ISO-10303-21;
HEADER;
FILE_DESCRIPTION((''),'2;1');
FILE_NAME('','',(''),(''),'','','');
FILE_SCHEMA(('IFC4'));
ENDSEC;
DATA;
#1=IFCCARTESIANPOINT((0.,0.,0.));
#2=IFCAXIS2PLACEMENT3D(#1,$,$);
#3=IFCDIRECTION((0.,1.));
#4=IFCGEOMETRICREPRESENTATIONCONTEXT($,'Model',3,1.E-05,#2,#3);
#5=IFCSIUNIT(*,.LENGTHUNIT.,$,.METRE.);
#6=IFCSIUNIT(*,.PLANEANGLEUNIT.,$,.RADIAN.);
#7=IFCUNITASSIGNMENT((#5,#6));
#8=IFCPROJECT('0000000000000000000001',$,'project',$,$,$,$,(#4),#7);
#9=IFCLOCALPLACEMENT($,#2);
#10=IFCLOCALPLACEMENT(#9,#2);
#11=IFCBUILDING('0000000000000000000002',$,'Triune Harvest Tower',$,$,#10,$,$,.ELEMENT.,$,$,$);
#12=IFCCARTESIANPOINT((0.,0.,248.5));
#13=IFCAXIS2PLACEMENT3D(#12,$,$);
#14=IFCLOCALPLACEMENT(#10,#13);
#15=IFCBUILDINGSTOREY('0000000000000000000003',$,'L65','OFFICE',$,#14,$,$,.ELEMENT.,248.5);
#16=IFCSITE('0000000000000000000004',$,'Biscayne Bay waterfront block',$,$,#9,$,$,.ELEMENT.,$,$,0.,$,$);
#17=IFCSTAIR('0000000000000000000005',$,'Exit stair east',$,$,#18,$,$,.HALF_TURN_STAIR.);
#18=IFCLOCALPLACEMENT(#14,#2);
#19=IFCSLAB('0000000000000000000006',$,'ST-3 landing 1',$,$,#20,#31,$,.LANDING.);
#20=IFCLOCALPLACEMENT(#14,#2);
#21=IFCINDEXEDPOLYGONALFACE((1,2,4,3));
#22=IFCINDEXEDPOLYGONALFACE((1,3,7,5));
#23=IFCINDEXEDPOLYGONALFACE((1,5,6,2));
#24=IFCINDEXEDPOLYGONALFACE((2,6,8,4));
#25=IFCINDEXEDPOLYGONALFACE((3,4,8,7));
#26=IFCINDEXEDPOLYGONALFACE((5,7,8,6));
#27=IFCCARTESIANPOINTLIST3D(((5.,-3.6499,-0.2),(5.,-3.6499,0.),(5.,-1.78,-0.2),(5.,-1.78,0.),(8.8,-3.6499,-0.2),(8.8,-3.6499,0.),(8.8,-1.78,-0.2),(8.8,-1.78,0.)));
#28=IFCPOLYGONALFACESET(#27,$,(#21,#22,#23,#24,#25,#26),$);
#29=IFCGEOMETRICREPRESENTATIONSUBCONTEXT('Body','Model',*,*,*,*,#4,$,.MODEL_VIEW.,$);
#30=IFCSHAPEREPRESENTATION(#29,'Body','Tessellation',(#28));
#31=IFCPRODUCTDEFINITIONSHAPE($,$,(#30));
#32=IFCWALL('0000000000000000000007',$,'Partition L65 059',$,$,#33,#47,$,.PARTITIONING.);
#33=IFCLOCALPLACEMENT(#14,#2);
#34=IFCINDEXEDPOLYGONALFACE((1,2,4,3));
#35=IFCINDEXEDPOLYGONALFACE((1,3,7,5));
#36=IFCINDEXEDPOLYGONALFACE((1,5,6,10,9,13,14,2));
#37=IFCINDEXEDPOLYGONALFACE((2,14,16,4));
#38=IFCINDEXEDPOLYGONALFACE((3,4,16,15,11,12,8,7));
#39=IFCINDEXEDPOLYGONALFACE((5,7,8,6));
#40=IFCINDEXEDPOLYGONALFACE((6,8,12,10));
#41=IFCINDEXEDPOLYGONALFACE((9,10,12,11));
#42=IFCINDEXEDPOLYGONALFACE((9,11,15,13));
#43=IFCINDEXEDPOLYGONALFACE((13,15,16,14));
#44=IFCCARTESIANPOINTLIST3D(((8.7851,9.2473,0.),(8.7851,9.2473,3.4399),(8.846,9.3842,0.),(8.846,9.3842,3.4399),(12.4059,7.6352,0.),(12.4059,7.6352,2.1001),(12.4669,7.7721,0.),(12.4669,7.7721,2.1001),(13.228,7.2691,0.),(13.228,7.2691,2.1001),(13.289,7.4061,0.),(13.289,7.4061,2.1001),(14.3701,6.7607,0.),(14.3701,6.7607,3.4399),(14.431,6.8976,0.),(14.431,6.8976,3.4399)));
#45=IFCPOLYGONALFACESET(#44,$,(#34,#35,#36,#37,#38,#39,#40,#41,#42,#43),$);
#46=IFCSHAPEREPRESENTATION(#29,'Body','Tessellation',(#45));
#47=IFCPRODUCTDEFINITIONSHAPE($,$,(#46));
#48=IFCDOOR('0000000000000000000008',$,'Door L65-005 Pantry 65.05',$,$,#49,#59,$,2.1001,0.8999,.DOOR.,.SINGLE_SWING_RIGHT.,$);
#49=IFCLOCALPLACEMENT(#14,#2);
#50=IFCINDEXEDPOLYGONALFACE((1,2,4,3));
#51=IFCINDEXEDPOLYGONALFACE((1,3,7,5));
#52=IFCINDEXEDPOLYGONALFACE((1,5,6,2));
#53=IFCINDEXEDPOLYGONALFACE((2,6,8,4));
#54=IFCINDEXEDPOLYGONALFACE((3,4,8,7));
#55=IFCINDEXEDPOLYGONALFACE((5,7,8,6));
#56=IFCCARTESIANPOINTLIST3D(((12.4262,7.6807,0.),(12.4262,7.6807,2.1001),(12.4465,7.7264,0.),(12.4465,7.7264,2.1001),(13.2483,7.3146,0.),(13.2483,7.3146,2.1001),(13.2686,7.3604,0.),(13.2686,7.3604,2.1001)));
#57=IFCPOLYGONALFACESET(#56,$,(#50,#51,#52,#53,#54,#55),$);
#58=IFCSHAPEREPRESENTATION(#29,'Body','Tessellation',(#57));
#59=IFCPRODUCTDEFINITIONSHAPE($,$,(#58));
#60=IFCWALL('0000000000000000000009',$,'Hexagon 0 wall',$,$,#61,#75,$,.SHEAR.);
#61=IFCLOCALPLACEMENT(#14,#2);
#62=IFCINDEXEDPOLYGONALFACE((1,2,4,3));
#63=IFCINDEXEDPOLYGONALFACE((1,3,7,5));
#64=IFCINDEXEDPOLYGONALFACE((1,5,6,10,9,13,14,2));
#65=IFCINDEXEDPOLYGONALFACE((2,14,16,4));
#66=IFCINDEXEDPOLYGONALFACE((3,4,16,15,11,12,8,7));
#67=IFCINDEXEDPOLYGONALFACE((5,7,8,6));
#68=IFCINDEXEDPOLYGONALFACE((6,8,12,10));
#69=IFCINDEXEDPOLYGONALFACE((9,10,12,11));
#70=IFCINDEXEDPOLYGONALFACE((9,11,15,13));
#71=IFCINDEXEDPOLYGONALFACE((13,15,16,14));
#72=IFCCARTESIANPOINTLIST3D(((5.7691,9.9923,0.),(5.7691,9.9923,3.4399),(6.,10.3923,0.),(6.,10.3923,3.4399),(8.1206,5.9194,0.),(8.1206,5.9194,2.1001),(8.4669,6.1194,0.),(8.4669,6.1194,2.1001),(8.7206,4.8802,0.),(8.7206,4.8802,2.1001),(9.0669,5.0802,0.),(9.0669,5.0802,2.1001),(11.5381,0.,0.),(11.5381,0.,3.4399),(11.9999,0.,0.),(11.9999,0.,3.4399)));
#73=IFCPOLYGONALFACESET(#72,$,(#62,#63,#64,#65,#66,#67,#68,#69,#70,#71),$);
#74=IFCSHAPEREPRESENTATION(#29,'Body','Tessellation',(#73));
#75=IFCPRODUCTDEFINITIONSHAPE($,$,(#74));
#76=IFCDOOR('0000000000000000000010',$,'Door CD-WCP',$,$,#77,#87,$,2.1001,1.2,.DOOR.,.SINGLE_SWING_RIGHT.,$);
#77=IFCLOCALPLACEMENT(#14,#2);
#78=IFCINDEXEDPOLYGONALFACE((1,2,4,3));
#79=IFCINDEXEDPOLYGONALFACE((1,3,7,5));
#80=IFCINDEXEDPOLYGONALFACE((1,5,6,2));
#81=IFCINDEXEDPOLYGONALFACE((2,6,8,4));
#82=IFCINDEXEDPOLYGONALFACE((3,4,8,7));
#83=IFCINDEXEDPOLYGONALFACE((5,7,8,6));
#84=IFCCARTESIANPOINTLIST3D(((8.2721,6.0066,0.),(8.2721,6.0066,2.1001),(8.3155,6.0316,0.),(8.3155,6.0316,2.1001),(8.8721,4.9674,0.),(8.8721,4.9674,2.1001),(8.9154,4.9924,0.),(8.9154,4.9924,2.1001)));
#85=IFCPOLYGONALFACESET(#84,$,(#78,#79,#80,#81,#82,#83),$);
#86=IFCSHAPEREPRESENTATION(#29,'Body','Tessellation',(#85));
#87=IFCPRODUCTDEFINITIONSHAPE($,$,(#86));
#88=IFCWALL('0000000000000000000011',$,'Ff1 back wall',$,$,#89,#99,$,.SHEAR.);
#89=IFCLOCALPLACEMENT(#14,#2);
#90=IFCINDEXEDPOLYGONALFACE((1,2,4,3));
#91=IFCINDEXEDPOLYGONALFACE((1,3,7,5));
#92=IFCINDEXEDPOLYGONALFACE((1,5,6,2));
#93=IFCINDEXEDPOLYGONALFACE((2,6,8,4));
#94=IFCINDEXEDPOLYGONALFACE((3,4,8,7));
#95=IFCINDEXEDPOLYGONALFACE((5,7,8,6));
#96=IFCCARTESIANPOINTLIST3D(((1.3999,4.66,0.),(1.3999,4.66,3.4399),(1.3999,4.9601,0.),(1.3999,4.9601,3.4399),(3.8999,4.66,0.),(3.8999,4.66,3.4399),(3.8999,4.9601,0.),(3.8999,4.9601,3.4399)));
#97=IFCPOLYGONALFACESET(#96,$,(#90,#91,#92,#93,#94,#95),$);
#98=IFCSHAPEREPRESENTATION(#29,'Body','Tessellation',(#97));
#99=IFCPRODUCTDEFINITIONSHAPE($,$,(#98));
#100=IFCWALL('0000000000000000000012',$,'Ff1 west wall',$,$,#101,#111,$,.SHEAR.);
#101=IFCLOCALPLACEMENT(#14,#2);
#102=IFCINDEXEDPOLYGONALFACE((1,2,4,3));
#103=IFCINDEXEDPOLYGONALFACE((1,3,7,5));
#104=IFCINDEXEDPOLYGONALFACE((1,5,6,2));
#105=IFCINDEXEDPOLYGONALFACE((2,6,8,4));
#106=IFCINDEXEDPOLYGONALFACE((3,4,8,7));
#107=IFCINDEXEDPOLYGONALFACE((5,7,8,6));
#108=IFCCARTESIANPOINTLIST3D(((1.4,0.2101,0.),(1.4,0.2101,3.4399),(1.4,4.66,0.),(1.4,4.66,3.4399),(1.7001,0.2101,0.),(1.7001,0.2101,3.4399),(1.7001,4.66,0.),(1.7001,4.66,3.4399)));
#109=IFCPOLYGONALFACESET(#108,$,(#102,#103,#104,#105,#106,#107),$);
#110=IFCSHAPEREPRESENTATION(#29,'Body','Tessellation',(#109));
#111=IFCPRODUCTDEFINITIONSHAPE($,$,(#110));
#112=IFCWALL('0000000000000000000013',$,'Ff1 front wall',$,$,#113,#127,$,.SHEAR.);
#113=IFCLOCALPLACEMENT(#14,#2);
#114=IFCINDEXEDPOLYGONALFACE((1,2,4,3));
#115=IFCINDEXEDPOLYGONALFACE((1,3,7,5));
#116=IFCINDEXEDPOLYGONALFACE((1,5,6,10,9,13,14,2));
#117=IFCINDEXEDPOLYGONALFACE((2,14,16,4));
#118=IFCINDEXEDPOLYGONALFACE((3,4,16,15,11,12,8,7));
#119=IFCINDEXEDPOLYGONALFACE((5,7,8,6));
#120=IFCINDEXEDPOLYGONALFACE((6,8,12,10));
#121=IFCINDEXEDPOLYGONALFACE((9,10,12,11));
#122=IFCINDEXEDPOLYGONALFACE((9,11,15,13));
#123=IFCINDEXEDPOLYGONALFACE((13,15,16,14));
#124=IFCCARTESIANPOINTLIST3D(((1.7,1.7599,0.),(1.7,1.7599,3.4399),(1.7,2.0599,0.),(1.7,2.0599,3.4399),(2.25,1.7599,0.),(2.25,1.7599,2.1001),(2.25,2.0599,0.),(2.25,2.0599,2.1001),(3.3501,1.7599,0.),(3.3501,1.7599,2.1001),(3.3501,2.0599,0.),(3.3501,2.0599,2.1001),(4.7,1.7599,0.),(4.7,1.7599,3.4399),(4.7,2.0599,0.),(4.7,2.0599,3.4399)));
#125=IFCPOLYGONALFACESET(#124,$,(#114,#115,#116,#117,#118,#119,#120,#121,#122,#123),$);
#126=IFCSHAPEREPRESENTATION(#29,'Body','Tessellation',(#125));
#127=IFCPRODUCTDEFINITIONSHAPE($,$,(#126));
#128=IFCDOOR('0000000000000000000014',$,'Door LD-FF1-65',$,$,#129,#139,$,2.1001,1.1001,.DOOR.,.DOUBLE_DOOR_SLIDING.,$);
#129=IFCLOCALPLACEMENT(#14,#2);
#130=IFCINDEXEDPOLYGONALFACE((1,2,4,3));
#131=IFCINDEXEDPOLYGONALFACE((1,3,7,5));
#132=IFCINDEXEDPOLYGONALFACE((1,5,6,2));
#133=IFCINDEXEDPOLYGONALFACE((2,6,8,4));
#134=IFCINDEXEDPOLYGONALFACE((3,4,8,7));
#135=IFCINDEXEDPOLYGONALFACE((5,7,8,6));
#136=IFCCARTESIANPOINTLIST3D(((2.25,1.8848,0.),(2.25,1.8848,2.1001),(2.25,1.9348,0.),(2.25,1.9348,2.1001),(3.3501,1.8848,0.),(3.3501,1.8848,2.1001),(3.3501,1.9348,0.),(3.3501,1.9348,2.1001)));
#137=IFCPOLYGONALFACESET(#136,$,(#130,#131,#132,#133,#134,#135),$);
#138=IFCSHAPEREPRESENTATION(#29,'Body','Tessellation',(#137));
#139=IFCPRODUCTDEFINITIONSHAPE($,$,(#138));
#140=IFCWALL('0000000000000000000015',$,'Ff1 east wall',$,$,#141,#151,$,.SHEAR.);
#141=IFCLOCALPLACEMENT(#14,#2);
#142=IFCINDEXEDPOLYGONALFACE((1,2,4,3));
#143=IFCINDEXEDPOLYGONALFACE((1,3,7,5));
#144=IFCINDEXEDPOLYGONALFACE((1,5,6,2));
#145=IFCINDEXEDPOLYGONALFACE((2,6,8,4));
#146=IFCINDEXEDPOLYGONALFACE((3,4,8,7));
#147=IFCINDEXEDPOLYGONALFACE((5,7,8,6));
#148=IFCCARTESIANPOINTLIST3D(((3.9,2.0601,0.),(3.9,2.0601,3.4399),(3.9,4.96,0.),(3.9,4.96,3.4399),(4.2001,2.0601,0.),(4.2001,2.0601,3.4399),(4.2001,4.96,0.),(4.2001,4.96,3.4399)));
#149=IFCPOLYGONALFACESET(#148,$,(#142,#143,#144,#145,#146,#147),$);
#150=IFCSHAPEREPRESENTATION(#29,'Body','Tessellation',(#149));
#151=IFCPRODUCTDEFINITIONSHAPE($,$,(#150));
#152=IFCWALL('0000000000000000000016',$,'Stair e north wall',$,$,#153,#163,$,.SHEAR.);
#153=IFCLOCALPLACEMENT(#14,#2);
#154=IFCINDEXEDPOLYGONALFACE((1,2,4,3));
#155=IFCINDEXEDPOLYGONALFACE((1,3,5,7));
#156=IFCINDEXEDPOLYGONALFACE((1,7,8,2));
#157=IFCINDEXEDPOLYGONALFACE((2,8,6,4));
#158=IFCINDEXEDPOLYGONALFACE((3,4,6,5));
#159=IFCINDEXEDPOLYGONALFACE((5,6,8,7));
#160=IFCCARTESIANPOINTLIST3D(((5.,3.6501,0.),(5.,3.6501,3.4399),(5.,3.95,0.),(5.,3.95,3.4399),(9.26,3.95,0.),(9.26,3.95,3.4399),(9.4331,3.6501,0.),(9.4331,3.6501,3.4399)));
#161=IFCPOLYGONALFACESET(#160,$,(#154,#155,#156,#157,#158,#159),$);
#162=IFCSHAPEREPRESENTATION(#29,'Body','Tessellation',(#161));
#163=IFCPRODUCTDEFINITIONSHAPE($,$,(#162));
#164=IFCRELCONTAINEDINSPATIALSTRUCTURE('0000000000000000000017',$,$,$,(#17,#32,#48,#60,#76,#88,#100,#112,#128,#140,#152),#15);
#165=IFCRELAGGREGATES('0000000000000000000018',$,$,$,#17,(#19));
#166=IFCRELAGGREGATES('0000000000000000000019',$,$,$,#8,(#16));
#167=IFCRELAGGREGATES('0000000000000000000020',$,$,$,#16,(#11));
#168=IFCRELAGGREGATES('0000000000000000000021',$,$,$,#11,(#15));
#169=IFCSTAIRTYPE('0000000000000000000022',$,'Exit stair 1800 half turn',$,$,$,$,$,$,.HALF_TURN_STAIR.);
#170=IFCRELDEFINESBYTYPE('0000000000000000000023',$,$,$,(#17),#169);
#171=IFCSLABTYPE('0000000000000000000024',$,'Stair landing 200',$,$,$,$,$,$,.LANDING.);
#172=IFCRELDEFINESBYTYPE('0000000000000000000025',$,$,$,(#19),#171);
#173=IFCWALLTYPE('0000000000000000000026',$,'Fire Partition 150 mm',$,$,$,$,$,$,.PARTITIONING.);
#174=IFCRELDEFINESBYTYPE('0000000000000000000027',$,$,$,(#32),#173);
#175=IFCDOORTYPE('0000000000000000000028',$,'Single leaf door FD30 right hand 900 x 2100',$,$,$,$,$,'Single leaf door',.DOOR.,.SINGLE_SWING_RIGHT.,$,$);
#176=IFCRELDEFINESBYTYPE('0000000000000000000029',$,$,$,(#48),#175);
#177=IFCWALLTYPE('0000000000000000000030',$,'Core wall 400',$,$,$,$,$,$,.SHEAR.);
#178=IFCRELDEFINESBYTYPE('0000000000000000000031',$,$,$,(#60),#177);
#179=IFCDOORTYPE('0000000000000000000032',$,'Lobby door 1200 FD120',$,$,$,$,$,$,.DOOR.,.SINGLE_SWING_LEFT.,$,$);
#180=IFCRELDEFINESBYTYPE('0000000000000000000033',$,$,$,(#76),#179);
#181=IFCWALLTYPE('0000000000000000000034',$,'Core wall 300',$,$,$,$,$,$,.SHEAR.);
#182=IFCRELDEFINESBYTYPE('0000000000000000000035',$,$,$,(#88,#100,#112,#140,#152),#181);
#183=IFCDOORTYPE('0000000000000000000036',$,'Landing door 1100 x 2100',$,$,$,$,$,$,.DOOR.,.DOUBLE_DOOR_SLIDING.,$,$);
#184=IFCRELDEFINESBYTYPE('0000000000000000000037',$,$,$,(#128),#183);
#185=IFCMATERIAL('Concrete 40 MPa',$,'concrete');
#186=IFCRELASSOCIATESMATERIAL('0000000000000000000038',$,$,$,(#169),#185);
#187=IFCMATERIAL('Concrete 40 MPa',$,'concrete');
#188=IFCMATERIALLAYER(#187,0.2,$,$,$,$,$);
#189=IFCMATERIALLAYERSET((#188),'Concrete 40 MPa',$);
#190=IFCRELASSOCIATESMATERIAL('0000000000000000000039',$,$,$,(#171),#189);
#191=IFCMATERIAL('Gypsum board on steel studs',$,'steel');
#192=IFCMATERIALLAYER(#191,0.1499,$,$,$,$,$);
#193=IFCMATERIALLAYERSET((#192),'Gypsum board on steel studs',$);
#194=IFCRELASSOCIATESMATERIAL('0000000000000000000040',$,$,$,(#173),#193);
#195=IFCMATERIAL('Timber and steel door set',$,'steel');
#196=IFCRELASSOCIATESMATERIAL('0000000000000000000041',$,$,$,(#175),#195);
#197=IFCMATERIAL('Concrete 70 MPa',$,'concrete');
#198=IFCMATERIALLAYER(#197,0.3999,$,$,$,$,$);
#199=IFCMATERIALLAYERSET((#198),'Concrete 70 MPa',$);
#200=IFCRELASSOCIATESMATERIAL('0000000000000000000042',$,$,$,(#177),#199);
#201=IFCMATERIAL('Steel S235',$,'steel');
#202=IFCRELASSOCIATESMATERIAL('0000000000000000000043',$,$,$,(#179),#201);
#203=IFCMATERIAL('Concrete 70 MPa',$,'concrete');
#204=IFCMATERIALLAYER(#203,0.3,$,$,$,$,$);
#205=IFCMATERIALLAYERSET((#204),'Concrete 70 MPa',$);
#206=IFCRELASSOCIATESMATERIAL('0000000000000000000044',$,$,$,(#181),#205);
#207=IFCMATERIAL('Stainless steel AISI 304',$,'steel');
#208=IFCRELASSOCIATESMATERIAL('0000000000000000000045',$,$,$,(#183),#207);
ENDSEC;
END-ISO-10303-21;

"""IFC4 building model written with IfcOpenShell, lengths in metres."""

from ifc_helpers import new_model, si_unit, direction, frame, frame_2d, origin, place, context, subcontext, project, spatial, polyline, rectangle, outline, extrude, source, transform, mapped, material, layer, layer_set, type_object, element, fill, aggregate, save


model = new_model("IFC4")

# Units and contexts
model_context = context("Model", 3, precision=1e-05, world=origin(), true_north=direction((0.0, 1.0)))
body_context = subcontext(model_context, "Body", "Model", "MODEL_VIEW")
ifc_project = project(units=[si_unit("LENGTHUNIT", "METRE"), si_unit("PLANEANGLEUNIT", "RADIAN")], contexts=[model_context])

# Site, building, storey
site_placement = place(None, origin())
site = spatial("IfcSite", under=ifc_project, at=site_placement, Name="Biscayne Bay waterfront block", CompositionType="ELEMENT", RefElevation=0.0)
building_placement = place(site_placement, origin())
building = spatial("IfcBuilding", under=site, at=building_placement, Name="Triune Harvest Tower", CompositionType="ELEMENT")
storey_placement = place(building_placement, frame((0.0, 0.0, 248.5)))
storey = spatial("IfcBuildingStorey", under=building, at=storey_placement, Name="L65", Description="OFFICE", CompositionType="ELEMENT", Elevation=248.5)

# Stair, slab
ifc_material_1 = material(Name="Concrete 40 MPa", Category="concrete")
stair_type = type_object("IfcStairType", Name="Exit stair 1800 half turn", PredefinedType="HALF_TURN_STAIR", material=ifc_material_1)
ifc_material_2 = material(Name="Concrete 40 MPa", Category="concrete")
ifc_layer_1 = layer(ifc_material_2, 0.2)
ifc_layer_set_1 = layer_set([ifc_layer_1], Name="Concrete 40 MPa")
slab_type_1 = type_object("IfcSlabType", Name="Stair landing 200", PredefinedType="LANDING", material=ifc_layer_set_1)
stair_1_placement = place(storey_placement, origin())
stair_1 = element("IfcStair", 1, at=stair_1_placement, inside=storey, type_object=stair_type, Name="Exit stair east", PredefinedType="HALF_TURN_STAIR")
shared_shape_1 = source(origin(), body_context, "Body", "SweptSolid", [
    extrude(outline(polyline([(8.8, -3.6499), (8.8, -1.78), (5.0, -1.78), (5.0, -3.6499), (8.8, -3.6499)])), origin(), (0.0, 0.0, 1.0), 0.2),
])
slab_1_placement = place(storey_placement, frame((0.0, 0.0, -0.2)))
slab_1 = element("IfcSlab", 2, at=slab_1_placement, type_object=slab_type_1, Name="ST-3 landing 1", PredefinedType="LANDING", context=body_context, shape_type="MappedRepresentation", body=[
    mapped(shared_shape_1, transform((0.0, 0.0, 0.0), scale=1.0)),
])

# Walls, openings, doors
ifc_material_3 = material(Name="Gypsum board on steel studs", Category="steel")
ifc_layer_2 = layer(ifc_material_3, 0.1499)
ifc_layer_set_2 = layer_set([ifc_layer_2], Name="Gypsum board on steel studs")
wall_type_1 = type_object("IfcWallType", Name="Fire Partition 150 mm", PredefinedType="PARTITIONING", material=ifc_layer_set_2)
wall_1_placement = place(storey_placement, frame((8.8157, 9.3157, 0.0), z_axis=(0.0, 0.0, 1.0), x_axis=(0.913546, -0.406735, 0.0)))
wall_1 = element("IfcWall", 3, at=wall_1_placement, inside=storey, type_object=wall_type_1, Name="Partition L65 059", PredefinedType="PARTITIONING", context=body_context, shape_type="SweptSolid", body=[
    extrude(rectangle(XDim=6.1135, YDim=0.1499, at=frame_2d((3.0566, 0.0))), origin(), (0.0, 0.0, 1.0), 3.4399),
])
opening_1_placement = place(wall_1_placement, frame((3.9634, 0.0, 0.0)))
opening_1 = element("IfcOpeningElement", 4, at=opening_1_placement, cuts=wall_1, PredefinedType="OPENING", context=body_context, shape_type="SweptSolid", body=[
    extrude(rectangle(XDim=0.8999, YDim=2.1001, at=frame_2d((0.45, 1.05))), frame((0.0, 0.085, 0.0), z_axis=(0.0, -1.0, 0.0), x_axis=(1.0, 0.0, 0.0)), (0.0, 0.0, 1.0), 0.1699),
])
ifc_material_4 = material(Name="Timber and steel door set", Category="steel")
door_type_1 = type_object("IfcDoorType", Name="Single leaf door FD30 right hand 900 x 2100", ElementType="Single leaf door", OperationType="SINGLE_SWING_RIGHT", PredefinedType="DOOR", material=ifc_material_4)
door_1_placement = place(opening_1_placement, origin())
door_1 = element("IfcDoor", 5, at=door_1_placement, inside=storey, type_object=door_type_1, Name="Door L65-005 Pantry 65.05", OperationType="SINGLE_SWING_RIGHT", OverallHeight=2.1001, OverallWidth=0.8999, PredefinedType="DOOR", context=body_context, shape_type="SweptSolid", body=[
    extrude(rectangle(XDim=0.8999, YDim=2.1001, at=frame_2d((0.45, 1.05))), frame((0.0, 0.0249, 0.0), z_axis=(0.0, -1.0, 0.0), x_axis=(1.0, 0.0, 0.0)), (0.0, 0.0, 1.0), 0.05),
])
fill(opening_1, door_1)
ifc_material_5 = material(Name="Concrete 70 MPa", Category="concrete")
ifc_layer_3 = layer(ifc_material_5, 0.3999)
ifc_layer_set_3 = layer_set([ifc_layer_3], Name="Concrete 70 MPa")
wall_type_2 = type_object("IfcWallType", Name="Core wall 400", PredefinedType="SHEAR", material=ifc_layer_set_3)
shared_shape_2 = source(origin(), body_context, "Body", "SweptSolid", [
    extrude(outline(polyline([(-0.1155, -0.2), (11.8845, -0.2), (11.6536, 0.2), (0.1155, 0.2), (-0.1155, -0.2)])), origin(), (0.0, 0.0, 1.0), 3.4399),
])
wall_2_placement = place(storey_placement, frame((11.769, 0.0, 0.0), z_axis=(0.0, 0.0, 1.0), x_axis=(-0.499997, 0.866027, 0.0)))
wall_2 = element("IfcWall", 6, at=wall_2_placement, inside=storey, type_object=wall_type_2, Name="Hexagon 0 wall", PredefinedType="SHEAR", context=body_context, shape_type="MappedRepresentation", body=[
    mapped(shared_shape_2, transform((0.0, 0.0, 0.0), scale=1.0)),
])
opening_2_placement = place(wall_2_placement, frame((5.7505, 0.0, 0.0)))
opening_2 = element("IfcOpeningElement", 7, at=opening_2_placement, cuts=wall_2, PredefinedType="OPENING", context=body_context, shape_type="SweptSolid", body=[
    extrude(rectangle(XDim=1.2, YDim=2.1001, at=frame_2d((0.6001, 1.05))), frame((0.0, 0.21, 0.0), z_axis=(0.0, -1.0, 0.0), x_axis=(1.0, 0.0, 0.0)), (0.0, 0.0, 1.0), 0.4199),
])
ifc_material_6 = material(Name="Steel S235", Category="steel")
door_type_2 = type_object("IfcDoorType", Name="Lobby door 1200 FD120", OperationType="SINGLE_SWING_LEFT", PredefinedType="DOOR", material=ifc_material_6)
door_2_placement = place(opening_2_placement, frame((1.2, 0.0, 0.0), z_axis=(0.0, 0.0, 1.0), x_axis=(-1.0, 0.0, 0.0)))
door_2 = element("IfcDoor", 8, at=door_2_placement, inside=storey, type_object=door_type_2, Name="Door CD-WCP", OperationType="SINGLE_SWING_RIGHT", OverallHeight=2.1001, OverallWidth=1.2, PredefinedType="DOOR", context=body_context, shape_type="SweptSolid", body=[
    extrude(rectangle(XDim=1.2, YDim=2.1001, at=frame_2d((0.6001, 1.05))), frame((0.0, 0.0249, 0.0), z_axis=(0.0, -1.0, 0.0), x_axis=(1.0, 0.0, 0.0)), (0.0, 0.0, 1.0), 0.05),
])
fill(opening_2, door_2)

# Walls
ifc_material_7 = material(Name="Concrete 70 MPa", Category="concrete")
ifc_layer_4 = layer(ifc_material_7, 0.3)
ifc_layer_set_4 = layer_set([ifc_layer_4], Name="Concrete 70 MPa")
wall_type_3 = type_object("IfcWallType", Name="Core wall 300", PredefinedType="SHEAR", material=ifc_layer_set_4)
shared_shape_3 = source(origin(), body_context, "Body", "SweptSolid", [
    extrude(rectangle(XDim=2.5, YDim=0.3, at=frame_2d((1.25, 0.0))), origin(), (0.0, 0.0, 1.0), 3.4399),
])
wall_3_placement = place(storey_placement, frame((1.3999, 4.8101, 0.0), z_axis=(0.0, 0.0, 1.0), x_axis=(1.0, 0.0, 0.0)))
element("IfcWall", 9, at=wall_3_placement, inside=storey, type_object=wall_type_3, Name="Ff1 back wall", PredefinedType="SHEAR", context=body_context, shape_type="MappedRepresentation", body=[
    mapped(shared_shape_3, transform((0.0, 0.0, 0.0), scale=1.0)),
])
shared_shape_4 = source(origin(), body_context, "Body", "SweptSolid", [
    extrude(rectangle(XDim=4.45, YDim=0.3, at=frame_2d((2.2251, 0.0))), origin(), (0.0, 0.0, 1.0), 3.4399),
])
wall_4_placement = place(storey_placement, frame((1.55, 0.21, 0.0), z_axis=(0.0, 0.0, 1.0), x_axis=(0.0, 1.0, 0.0)))
element("IfcWall", 10, at=wall_4_placement, inside=storey, type_object=wall_type_3, Name="Ff1 west wall", PredefinedType="SHEAR", context=body_context, shape_type="MappedRepresentation", body=[
    mapped(shared_shape_4, transform((0.0, 0.0, 0.0), scale=1.0)),
])

# Wall, opening, door
shared_shape_5 = source(origin(), body_context, "Body", "SweptSolid", [
    extrude(rectangle(XDim=3.0, YDim=0.3, at=frame_2d((1.5, 0.0))), origin(), (0.0, 0.0, 1.0), 3.4399),
])
wall_5_placement = place(storey_placement, frame((1.7, 1.9099, 0.0), z_axis=(0.0, 0.0, 1.0), x_axis=(1.0, 0.0, 0.0)))
wall_5 = element("IfcWall", 11, at=wall_5_placement, inside=storey, type_object=wall_type_3, Name="Ff1 front wall", PredefinedType="SHEAR", context=body_context, shape_type="MappedRepresentation", body=[
    mapped(shared_shape_5, transform((0.0, 0.0, 0.0), scale=1.0)),
])
opening_3_placement = place(wall_5_placement, frame((0.55, 0.0, 0.0)))
opening_3 = element("IfcOpeningElement", 12, at=opening_3_placement, cuts=wall_5, PredefinedType="OPENING", context=body_context, shape_type="SweptSolid", body=[
    extrude(rectangle(XDim=1.1001, YDim=2.1001, at=frame_2d((0.55, 1.05))), frame((0.0, 0.1602, 0.0), z_axis=(0.0, -1.0, 0.0), x_axis=(1.0, 0.0, 0.0)), (0.0, 0.0, 1.0), 0.3201),
])
ifc_material_8 = material(Name="Stainless steel AISI 304", Category="steel")
door_type_3 = type_object("IfcDoorType", Name="Landing door 1100 x 2100", OperationType="DOUBLE_DOOR_SLIDING", PredefinedType="DOOR", material=ifc_material_8)
door_3_placement = place(opening_3_placement, origin())
door_3 = element("IfcDoor", 13, at=door_3_placement, inside=storey, type_object=door_type_3, Name="Door LD-FF1-65", OperationType="DOUBLE_DOOR_SLIDING", OverallHeight=2.1001, OverallWidth=1.1001, PredefinedType="DOOR", context=body_context, shape_type="SweptSolid", body=[
    extrude(rectangle(XDim=1.1001, YDim=2.1001, at=frame_2d((0.55, 1.05))), frame((0.0, 0.0249, 0.0), z_axis=(0.0, -1.0, 0.0), x_axis=(1.0, 0.0, 0.0)), (0.0, 0.0, 1.0), 0.05),
])
fill(opening_3, door_3)

# Walls
shared_shape_6 = source(origin(), body_context, "Body", "SweptSolid", [
    extrude(rectangle(XDim=2.8999, YDim=0.3, at=frame_2d((1.45, 0.0))), origin(), (0.0, 0.0, 1.0), 3.4399),
])
wall_6_placement = place(storey_placement, frame((4.05, 2.0601, 0.0), z_axis=(0.0, 0.0, 1.0), x_axis=(0.0, 1.0, 0.0)))
element("IfcWall", 14, at=wall_6_placement, inside=storey, type_object=wall_type_3, Name="Ff1 east wall", PredefinedType="SHEAR", context=body_context, shape_type="MappedRepresentation", body=[
    mapped(shared_shape_6, transform((0.0, 0.0, 0.0), scale=1.0)),
])
shared_shape_7 = source(origin(), body_context, "Body", "SweptSolid", [
    extrude(outline(polyline([(0.0, -0.1499), (0.0, 0.1499), (4.26, 0.1499), (4.4331, -0.1499), (0.0, -0.1499)])), origin(), (0.0, 0.0, 1.0), 3.4399),
])
wall_7_placement = place(storey_placement, frame((5.0, 3.8, 0.0), z_axis=(0.0, 0.0, 1.0), x_axis=(1.0, 0.0, 0.0)))
element("IfcWall", 15, at=wall_7_placement, inside=storey, type_object=wall_type_3, Name="Stair e north wall", PredefinedType="SHEAR", context=body_context, shape_type="MappedRepresentation", body=[
    mapped(shared_shape_7, transform((0.0, 0.0, 0.0), scale=1.0)),
])

aggregate(stair_1, [slab_1])

save(model, "model.ifc")
